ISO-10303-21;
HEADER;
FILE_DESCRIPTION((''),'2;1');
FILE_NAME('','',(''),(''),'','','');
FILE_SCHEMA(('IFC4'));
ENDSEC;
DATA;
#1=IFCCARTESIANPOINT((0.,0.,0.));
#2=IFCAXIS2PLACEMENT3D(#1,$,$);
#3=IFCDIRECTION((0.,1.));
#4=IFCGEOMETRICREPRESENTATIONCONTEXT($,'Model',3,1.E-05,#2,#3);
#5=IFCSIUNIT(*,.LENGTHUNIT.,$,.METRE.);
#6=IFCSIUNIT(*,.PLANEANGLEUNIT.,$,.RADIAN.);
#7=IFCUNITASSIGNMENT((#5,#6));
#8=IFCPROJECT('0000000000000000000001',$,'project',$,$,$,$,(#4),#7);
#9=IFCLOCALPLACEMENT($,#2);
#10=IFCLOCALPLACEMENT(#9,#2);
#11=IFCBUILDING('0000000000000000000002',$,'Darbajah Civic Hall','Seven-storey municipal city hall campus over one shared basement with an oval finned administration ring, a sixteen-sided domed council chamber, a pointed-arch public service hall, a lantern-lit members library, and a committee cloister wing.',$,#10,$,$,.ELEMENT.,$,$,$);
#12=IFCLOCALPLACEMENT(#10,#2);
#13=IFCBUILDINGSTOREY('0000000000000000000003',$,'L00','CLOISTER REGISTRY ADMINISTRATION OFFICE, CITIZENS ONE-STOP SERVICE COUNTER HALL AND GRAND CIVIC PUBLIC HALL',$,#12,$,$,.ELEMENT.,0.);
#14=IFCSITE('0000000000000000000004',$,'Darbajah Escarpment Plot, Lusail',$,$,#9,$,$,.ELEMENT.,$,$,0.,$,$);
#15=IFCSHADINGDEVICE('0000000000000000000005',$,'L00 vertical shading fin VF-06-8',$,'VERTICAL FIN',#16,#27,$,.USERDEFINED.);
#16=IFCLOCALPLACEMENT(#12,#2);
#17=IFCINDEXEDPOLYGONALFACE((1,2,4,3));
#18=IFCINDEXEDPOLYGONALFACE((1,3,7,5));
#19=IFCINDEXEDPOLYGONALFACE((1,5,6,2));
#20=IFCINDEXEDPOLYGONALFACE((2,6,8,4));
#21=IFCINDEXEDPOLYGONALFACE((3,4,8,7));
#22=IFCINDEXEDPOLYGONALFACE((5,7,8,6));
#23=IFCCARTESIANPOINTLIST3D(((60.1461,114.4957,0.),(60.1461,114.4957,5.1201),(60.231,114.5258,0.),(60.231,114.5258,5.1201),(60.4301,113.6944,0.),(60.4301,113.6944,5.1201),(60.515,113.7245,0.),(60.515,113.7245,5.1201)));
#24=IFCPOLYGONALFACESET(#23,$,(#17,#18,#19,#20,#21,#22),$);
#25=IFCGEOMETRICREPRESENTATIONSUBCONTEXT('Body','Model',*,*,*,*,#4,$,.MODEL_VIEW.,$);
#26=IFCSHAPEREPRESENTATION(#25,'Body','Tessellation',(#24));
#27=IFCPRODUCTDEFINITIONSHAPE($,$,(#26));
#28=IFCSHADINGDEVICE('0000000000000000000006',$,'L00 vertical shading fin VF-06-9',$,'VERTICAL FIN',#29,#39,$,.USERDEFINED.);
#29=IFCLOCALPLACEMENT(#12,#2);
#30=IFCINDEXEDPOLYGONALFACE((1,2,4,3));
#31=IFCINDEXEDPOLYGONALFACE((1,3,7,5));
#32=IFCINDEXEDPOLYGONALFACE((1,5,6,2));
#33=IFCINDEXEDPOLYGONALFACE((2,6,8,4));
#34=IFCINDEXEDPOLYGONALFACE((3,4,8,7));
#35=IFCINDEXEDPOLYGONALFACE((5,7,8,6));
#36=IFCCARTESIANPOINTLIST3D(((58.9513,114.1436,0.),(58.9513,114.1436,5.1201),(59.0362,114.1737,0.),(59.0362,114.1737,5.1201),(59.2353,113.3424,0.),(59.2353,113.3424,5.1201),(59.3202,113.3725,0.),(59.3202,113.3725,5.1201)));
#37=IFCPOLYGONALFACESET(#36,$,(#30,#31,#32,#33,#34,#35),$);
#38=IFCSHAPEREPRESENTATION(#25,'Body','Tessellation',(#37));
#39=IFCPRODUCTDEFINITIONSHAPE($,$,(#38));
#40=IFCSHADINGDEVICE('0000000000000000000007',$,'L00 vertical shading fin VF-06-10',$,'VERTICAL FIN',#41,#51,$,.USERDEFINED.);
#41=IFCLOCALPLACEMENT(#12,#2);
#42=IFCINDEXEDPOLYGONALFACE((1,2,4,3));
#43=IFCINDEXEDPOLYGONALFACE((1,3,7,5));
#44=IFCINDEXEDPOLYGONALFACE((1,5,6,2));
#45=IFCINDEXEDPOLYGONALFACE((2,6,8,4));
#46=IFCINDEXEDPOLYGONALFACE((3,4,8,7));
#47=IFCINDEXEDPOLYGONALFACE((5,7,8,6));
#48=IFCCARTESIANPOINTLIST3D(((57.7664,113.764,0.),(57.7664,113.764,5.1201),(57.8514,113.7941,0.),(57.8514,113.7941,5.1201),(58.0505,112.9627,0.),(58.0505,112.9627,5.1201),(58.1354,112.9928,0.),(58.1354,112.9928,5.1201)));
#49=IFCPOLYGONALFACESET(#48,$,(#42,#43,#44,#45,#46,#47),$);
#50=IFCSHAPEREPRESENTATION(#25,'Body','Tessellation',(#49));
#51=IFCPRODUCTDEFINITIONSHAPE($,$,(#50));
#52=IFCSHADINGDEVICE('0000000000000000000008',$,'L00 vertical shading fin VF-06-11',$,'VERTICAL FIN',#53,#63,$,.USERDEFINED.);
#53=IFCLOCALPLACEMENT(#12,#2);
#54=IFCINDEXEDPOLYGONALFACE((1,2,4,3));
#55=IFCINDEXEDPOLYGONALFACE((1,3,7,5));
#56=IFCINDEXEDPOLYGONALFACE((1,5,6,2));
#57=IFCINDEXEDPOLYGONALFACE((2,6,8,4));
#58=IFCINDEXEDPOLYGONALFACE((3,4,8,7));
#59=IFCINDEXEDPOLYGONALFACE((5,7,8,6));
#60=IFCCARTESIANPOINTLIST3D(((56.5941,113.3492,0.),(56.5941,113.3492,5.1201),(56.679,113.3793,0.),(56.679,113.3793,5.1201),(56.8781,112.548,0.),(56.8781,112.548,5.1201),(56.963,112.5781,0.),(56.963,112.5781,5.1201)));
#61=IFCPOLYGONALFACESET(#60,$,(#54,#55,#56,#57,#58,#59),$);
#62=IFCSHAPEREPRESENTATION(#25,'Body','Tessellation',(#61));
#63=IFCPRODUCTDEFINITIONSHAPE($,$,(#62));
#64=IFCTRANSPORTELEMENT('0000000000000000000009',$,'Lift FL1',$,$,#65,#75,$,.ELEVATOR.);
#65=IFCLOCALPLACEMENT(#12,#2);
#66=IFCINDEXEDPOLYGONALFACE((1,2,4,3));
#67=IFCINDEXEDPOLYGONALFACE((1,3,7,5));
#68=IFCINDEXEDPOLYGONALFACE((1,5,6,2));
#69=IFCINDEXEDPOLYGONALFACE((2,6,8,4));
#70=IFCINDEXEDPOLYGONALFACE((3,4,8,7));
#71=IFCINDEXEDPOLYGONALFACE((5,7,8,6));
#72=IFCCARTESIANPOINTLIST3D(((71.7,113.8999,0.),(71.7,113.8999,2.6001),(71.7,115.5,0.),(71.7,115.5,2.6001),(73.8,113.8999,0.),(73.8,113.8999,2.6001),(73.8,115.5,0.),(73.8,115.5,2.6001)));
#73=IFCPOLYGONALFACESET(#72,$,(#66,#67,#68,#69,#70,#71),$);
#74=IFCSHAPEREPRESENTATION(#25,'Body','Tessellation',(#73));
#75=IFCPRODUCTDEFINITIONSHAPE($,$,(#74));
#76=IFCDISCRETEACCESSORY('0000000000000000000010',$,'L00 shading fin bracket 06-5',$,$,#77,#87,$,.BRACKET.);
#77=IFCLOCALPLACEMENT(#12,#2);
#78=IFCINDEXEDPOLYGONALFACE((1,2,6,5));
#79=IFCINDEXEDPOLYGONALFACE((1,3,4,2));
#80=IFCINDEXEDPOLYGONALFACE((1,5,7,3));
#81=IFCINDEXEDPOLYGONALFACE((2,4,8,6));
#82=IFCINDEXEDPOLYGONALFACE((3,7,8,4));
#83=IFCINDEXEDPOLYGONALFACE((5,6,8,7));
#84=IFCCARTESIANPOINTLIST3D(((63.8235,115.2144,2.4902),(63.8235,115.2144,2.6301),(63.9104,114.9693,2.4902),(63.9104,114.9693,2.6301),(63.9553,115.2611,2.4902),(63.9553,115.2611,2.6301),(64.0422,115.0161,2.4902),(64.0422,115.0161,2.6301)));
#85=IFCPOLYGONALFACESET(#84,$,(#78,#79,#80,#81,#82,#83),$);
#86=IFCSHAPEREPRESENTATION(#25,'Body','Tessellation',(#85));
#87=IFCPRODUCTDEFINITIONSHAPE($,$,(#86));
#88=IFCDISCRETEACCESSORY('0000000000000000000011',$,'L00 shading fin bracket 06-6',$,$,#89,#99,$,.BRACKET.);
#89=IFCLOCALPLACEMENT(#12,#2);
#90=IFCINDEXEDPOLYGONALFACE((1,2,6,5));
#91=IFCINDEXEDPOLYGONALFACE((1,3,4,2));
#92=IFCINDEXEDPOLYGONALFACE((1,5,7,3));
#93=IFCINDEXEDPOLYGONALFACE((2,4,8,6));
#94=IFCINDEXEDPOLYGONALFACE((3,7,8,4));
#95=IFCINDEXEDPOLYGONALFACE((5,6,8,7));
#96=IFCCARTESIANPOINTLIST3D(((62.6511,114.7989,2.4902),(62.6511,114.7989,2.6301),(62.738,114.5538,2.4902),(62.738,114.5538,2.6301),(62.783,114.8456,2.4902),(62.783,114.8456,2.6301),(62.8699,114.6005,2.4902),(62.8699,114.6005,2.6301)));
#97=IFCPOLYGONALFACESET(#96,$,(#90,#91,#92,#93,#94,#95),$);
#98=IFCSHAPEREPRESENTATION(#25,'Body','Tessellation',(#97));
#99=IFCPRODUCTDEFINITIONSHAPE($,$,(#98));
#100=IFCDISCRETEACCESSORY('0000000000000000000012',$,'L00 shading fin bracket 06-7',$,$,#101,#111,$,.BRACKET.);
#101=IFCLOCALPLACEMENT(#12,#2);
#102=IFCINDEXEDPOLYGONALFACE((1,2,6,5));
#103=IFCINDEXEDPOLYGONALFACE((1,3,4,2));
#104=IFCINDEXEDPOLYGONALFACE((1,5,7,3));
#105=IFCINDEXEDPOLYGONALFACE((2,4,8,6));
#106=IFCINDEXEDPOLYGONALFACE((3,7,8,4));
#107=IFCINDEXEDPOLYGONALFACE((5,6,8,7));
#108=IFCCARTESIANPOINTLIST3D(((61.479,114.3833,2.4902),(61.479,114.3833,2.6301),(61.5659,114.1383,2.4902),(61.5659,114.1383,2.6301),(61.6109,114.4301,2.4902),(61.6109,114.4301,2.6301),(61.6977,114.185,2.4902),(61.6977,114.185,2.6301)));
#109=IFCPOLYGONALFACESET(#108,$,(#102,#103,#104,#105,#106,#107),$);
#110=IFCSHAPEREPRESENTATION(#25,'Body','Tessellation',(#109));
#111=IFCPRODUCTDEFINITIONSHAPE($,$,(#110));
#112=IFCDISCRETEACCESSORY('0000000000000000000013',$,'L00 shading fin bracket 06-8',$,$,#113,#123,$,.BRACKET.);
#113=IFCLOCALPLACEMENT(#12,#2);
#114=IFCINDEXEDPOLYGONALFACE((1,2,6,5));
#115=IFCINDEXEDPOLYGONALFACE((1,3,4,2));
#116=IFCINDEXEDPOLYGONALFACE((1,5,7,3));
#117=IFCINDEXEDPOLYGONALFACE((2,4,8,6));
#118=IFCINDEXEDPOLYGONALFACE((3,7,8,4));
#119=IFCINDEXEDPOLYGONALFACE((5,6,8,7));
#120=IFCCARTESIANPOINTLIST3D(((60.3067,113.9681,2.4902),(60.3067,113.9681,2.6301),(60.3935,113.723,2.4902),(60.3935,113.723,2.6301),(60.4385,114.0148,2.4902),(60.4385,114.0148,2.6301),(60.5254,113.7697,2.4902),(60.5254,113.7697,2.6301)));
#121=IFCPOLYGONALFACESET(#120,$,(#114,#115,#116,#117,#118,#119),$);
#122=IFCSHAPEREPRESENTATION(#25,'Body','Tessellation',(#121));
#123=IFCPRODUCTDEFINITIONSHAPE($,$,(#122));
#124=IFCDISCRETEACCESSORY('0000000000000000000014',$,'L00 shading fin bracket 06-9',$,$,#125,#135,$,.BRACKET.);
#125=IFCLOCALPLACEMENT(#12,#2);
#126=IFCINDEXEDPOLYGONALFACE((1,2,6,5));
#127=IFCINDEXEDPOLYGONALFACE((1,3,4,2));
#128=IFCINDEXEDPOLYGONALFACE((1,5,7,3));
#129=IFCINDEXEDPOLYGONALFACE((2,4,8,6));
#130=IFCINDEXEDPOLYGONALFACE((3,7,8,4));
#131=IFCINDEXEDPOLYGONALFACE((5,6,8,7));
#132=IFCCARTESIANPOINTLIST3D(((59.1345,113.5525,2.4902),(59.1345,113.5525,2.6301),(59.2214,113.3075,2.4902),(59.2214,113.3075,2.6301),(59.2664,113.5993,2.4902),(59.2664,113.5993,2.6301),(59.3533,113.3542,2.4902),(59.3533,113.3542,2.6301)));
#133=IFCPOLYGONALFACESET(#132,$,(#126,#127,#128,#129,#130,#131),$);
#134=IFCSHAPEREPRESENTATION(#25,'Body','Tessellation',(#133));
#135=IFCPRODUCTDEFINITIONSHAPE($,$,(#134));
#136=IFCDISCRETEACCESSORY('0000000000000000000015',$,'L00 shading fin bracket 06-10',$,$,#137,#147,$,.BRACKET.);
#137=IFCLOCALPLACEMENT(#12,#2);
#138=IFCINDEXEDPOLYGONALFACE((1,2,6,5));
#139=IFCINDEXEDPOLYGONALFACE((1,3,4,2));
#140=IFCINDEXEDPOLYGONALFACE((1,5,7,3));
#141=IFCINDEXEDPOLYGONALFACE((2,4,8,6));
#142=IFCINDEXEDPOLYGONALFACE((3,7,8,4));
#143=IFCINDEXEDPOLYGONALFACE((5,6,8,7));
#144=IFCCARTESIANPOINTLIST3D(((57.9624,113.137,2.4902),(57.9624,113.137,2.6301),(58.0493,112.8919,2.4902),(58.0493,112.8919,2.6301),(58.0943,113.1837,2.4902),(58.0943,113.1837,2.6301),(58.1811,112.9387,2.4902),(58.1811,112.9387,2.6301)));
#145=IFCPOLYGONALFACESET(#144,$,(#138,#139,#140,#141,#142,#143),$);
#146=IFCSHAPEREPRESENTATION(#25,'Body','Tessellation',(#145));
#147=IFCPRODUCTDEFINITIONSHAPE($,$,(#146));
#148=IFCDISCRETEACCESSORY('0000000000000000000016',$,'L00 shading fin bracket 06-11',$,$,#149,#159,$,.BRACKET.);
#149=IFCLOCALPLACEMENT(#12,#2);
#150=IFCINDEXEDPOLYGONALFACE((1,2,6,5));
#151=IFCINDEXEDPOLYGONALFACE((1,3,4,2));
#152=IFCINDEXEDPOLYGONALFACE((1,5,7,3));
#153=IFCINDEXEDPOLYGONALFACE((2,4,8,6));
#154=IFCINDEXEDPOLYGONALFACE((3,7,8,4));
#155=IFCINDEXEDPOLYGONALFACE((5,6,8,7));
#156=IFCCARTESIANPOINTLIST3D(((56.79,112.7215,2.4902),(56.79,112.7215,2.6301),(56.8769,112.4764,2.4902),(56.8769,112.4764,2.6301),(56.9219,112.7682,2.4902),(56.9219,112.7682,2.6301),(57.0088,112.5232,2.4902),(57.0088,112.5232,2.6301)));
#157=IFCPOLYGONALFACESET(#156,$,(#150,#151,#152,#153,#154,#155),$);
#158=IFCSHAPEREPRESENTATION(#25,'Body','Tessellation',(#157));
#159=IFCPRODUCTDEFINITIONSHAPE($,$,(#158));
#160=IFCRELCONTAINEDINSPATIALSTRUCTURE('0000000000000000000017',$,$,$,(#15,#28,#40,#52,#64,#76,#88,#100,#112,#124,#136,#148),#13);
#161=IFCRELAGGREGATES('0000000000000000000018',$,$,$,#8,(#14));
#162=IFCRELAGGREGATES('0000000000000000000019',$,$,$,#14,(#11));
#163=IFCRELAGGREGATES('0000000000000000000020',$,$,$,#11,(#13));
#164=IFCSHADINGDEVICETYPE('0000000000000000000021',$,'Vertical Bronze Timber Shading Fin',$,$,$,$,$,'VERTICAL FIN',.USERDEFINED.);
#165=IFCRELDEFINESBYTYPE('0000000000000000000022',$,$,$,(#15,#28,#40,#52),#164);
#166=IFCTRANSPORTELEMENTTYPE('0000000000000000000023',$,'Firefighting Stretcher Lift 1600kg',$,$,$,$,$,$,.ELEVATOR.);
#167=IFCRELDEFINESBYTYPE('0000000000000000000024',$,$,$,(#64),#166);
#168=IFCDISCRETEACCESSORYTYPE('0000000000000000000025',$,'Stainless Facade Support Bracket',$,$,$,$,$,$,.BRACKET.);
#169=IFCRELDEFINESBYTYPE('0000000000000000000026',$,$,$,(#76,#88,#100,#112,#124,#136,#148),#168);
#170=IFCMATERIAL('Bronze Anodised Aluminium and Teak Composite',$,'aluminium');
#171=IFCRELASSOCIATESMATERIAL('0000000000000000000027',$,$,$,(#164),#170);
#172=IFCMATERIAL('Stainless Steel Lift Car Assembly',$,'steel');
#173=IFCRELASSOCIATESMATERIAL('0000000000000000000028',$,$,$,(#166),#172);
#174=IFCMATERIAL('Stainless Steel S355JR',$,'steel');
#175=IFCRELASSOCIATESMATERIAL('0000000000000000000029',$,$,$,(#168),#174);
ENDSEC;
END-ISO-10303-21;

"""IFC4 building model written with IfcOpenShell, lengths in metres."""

from ifc_helpers import new_model, si_unit, direction, frame, origin, origin_2d, place, context, subcontext, project, spatial, rectangle, extrude, material, type_object, element, save


model = new_model("IFC4")

# Units and contexts
model_context = context("Model", 3, precision=1e-05, world=origin(), true_north=direction((0.0, 1.0)))
body_context = subcontext(model_context, "Body", "Model", "MODEL_VIEW")
ifc_project = project(units=[si_unit("LENGTHUNIT", "METRE"), si_unit("PLANEANGLEUNIT", "RADIAN")], contexts=[model_context])

# Site, building, storey
site_placement = place(None, origin())
site = spatial("IfcSite", under=ifc_project, at=site_placement, Name="Darbajah Escarpment Plot, Lusail", CompositionType="ELEMENT", RefElevation=0.0)
building_placement = place(site_placement, origin())
building = spatial("IfcBuilding", under=site, at=building_placement, Name="Darbajah Civic Hall", Description="Seven-storey municipal city hall campus over one shared basement with an oval finned administration ring, a sixteen-sided domed council chamber, a pointed-arch public service hall, a lantern-lit members library, and a committee cloister wing.", CompositionType="ELEMENT")
storey_placement = place(building_placement, origin())
storey = spatial("IfcBuildingStorey", under=building, at=storey_placement, Name="L00", Description="CLOISTER REGISTRY ADMINISTRATION OFFICE, CITIZENS ONE-STOP SERVICE COUNTER HALL AND GRAND CIVIC PUBLIC HALL", CompositionType="ELEMENT", Elevation=0.0)

# Shading devices
ifc_material_1 = material(Name="Bronze Anodised Aluminium and Teak Composite", Category="aluminium")
shading_device_type = type_object("IfcShadingDeviceType", Name="Vertical Bronze Timber Shading Fin", ElementType="VERTICAL FIN", PredefinedType="USERDEFINED", material=ifc_material_1)
for number, where, z_axis, x_axis, name in (
    (1, (60.3306, 114.1101, 0.0), (0.0, 0.0, 1.0), (-0.334136, 0.942525, 0.0), "L00 vertical shading fin VF-06-8"),
    (2, (59.1357, 113.7581, 0.0), (0.0, 0.0, 1.0), (-0.334136, 0.942525, 0.0), "L00 vertical shading fin VF-06-9"),
    (3, (57.9509, 113.3784, 0.0), (0.0, 0.0, 1.0), (-0.334136, 0.942525, 0.0), "L00 vertical shading fin VF-06-10"),
    (4, (56.7786, 112.9636, 0.0), (0.0, 0.0, 1.0), (-0.334136, 0.942525, 0.0), "L00 vertical shading fin VF-06-11"),
):
    element("IfcShadingDevice", number, at=place(storey_placement, frame(where, z_axis=z_axis, x_axis=x_axis)), inside=storey, type_object=shading_device_type, Name=name, ObjectType="VERTICAL FIN", PredefinedType="USERDEFINED", context=body_context, shape_type="SweptSolid", body=[
        extrude(rectangle(XDim=0.8501, YDim=0.0901, at=origin_2d()), origin(), (0.0, 0.0, 1.0), 5.1201),
    ])

# Transport element
ifc_material_2 = material(Name="Stainless Steel Lift Car Assembly", Category="steel")
transport_element_type = type_object("IfcTransportElementType", Name="Firefighting Stretcher Lift 1600kg", PredefinedType="ELEVATOR", material=ifc_material_2)
transport_element_placement = place(storey_placement, frame((72.75, 114.7, 0.0), z_axis=(0.0, 0.0, 1.0), x_axis=(1.0, 0.0, 0.0)))
element("IfcTransportElement", 5, at=transport_element_placement, inside=storey, type_object=transport_element_type, Name="Lift FL1", PredefinedType="ELEVATOR", context=body_context, shape_type="SweptSolid", body=[
    extrude(rectangle(XDim=2.1001, YDim=1.6001, at=origin_2d()), origin(), (0.0, 0.0, 1.0), 2.6001),
])

# Discrete accessories
ifc_material_3 = material(Name="Stainless Steel S355JR", Category="steel")
discrete_accessory_type = type_object("IfcDiscreteAccessoryType", Name="Stainless Facade Support Bracket", PredefinedType="BRACKET", material=ifc_material_3)
for number, where, z_axis, x_axis, name in (
    (6, (63.9329, 115.1152, 2.4902), (0.0, 0.0, 1.0), (-0.334136, 0.942525, 0.0), "L00 shading fin bracket 06-5"),
    (7, (62.7605, 114.6997, 2.4902), (0.0, 0.0, 1.0), (-0.334136, 0.942525, 0.0), "L00 shading fin bracket 06-6"),
    (8, (61.5884, 114.2842, 2.4902), (0.0, 0.0, 1.0), (-0.334136, 0.942525, 0.0), "L00 shading fin bracket 06-7"),
    (9, (60.416, 113.8689, 2.4902), (0.0, 0.0, 1.0), (-0.334136, 0.942525, 0.0), "L00 shading fin bracket 06-8"),
    (10, (59.2439, 113.4534, 2.4902), (0.0, 0.0, 1.0), (-0.334136, 0.942525, 0.0), "L00 shading fin bracket 06-9"),
    (11, (58.0718, 113.0378, 2.4902), (0.0, 0.0, 1.0), (-0.334136, 0.942525, 0.0), "L00 shading fin bracket 06-10"),
    (12, (56.8994, 112.6223, 2.4902), (0.0, 0.0, 1.0), (-0.334136, 0.942525, 0.0), "L00 shading fin bracket 06-11"),
):
    element("IfcDiscreteAccessory", number, at=place(storey_placement, frame(where, z_axis=z_axis, x_axis=x_axis)), inside=storey, type_object=discrete_accessory_type, Name=name, PredefinedType="BRACKET", context=body_context, shape_type="SweptSolid", body=[
        extrude(rectangle(XDim=0.26, YDim=0.1399, at=origin_2d()), origin(), (0.0, 0.0, 1.0), 0.1399),
    ])

save(model, "model.ifc")
